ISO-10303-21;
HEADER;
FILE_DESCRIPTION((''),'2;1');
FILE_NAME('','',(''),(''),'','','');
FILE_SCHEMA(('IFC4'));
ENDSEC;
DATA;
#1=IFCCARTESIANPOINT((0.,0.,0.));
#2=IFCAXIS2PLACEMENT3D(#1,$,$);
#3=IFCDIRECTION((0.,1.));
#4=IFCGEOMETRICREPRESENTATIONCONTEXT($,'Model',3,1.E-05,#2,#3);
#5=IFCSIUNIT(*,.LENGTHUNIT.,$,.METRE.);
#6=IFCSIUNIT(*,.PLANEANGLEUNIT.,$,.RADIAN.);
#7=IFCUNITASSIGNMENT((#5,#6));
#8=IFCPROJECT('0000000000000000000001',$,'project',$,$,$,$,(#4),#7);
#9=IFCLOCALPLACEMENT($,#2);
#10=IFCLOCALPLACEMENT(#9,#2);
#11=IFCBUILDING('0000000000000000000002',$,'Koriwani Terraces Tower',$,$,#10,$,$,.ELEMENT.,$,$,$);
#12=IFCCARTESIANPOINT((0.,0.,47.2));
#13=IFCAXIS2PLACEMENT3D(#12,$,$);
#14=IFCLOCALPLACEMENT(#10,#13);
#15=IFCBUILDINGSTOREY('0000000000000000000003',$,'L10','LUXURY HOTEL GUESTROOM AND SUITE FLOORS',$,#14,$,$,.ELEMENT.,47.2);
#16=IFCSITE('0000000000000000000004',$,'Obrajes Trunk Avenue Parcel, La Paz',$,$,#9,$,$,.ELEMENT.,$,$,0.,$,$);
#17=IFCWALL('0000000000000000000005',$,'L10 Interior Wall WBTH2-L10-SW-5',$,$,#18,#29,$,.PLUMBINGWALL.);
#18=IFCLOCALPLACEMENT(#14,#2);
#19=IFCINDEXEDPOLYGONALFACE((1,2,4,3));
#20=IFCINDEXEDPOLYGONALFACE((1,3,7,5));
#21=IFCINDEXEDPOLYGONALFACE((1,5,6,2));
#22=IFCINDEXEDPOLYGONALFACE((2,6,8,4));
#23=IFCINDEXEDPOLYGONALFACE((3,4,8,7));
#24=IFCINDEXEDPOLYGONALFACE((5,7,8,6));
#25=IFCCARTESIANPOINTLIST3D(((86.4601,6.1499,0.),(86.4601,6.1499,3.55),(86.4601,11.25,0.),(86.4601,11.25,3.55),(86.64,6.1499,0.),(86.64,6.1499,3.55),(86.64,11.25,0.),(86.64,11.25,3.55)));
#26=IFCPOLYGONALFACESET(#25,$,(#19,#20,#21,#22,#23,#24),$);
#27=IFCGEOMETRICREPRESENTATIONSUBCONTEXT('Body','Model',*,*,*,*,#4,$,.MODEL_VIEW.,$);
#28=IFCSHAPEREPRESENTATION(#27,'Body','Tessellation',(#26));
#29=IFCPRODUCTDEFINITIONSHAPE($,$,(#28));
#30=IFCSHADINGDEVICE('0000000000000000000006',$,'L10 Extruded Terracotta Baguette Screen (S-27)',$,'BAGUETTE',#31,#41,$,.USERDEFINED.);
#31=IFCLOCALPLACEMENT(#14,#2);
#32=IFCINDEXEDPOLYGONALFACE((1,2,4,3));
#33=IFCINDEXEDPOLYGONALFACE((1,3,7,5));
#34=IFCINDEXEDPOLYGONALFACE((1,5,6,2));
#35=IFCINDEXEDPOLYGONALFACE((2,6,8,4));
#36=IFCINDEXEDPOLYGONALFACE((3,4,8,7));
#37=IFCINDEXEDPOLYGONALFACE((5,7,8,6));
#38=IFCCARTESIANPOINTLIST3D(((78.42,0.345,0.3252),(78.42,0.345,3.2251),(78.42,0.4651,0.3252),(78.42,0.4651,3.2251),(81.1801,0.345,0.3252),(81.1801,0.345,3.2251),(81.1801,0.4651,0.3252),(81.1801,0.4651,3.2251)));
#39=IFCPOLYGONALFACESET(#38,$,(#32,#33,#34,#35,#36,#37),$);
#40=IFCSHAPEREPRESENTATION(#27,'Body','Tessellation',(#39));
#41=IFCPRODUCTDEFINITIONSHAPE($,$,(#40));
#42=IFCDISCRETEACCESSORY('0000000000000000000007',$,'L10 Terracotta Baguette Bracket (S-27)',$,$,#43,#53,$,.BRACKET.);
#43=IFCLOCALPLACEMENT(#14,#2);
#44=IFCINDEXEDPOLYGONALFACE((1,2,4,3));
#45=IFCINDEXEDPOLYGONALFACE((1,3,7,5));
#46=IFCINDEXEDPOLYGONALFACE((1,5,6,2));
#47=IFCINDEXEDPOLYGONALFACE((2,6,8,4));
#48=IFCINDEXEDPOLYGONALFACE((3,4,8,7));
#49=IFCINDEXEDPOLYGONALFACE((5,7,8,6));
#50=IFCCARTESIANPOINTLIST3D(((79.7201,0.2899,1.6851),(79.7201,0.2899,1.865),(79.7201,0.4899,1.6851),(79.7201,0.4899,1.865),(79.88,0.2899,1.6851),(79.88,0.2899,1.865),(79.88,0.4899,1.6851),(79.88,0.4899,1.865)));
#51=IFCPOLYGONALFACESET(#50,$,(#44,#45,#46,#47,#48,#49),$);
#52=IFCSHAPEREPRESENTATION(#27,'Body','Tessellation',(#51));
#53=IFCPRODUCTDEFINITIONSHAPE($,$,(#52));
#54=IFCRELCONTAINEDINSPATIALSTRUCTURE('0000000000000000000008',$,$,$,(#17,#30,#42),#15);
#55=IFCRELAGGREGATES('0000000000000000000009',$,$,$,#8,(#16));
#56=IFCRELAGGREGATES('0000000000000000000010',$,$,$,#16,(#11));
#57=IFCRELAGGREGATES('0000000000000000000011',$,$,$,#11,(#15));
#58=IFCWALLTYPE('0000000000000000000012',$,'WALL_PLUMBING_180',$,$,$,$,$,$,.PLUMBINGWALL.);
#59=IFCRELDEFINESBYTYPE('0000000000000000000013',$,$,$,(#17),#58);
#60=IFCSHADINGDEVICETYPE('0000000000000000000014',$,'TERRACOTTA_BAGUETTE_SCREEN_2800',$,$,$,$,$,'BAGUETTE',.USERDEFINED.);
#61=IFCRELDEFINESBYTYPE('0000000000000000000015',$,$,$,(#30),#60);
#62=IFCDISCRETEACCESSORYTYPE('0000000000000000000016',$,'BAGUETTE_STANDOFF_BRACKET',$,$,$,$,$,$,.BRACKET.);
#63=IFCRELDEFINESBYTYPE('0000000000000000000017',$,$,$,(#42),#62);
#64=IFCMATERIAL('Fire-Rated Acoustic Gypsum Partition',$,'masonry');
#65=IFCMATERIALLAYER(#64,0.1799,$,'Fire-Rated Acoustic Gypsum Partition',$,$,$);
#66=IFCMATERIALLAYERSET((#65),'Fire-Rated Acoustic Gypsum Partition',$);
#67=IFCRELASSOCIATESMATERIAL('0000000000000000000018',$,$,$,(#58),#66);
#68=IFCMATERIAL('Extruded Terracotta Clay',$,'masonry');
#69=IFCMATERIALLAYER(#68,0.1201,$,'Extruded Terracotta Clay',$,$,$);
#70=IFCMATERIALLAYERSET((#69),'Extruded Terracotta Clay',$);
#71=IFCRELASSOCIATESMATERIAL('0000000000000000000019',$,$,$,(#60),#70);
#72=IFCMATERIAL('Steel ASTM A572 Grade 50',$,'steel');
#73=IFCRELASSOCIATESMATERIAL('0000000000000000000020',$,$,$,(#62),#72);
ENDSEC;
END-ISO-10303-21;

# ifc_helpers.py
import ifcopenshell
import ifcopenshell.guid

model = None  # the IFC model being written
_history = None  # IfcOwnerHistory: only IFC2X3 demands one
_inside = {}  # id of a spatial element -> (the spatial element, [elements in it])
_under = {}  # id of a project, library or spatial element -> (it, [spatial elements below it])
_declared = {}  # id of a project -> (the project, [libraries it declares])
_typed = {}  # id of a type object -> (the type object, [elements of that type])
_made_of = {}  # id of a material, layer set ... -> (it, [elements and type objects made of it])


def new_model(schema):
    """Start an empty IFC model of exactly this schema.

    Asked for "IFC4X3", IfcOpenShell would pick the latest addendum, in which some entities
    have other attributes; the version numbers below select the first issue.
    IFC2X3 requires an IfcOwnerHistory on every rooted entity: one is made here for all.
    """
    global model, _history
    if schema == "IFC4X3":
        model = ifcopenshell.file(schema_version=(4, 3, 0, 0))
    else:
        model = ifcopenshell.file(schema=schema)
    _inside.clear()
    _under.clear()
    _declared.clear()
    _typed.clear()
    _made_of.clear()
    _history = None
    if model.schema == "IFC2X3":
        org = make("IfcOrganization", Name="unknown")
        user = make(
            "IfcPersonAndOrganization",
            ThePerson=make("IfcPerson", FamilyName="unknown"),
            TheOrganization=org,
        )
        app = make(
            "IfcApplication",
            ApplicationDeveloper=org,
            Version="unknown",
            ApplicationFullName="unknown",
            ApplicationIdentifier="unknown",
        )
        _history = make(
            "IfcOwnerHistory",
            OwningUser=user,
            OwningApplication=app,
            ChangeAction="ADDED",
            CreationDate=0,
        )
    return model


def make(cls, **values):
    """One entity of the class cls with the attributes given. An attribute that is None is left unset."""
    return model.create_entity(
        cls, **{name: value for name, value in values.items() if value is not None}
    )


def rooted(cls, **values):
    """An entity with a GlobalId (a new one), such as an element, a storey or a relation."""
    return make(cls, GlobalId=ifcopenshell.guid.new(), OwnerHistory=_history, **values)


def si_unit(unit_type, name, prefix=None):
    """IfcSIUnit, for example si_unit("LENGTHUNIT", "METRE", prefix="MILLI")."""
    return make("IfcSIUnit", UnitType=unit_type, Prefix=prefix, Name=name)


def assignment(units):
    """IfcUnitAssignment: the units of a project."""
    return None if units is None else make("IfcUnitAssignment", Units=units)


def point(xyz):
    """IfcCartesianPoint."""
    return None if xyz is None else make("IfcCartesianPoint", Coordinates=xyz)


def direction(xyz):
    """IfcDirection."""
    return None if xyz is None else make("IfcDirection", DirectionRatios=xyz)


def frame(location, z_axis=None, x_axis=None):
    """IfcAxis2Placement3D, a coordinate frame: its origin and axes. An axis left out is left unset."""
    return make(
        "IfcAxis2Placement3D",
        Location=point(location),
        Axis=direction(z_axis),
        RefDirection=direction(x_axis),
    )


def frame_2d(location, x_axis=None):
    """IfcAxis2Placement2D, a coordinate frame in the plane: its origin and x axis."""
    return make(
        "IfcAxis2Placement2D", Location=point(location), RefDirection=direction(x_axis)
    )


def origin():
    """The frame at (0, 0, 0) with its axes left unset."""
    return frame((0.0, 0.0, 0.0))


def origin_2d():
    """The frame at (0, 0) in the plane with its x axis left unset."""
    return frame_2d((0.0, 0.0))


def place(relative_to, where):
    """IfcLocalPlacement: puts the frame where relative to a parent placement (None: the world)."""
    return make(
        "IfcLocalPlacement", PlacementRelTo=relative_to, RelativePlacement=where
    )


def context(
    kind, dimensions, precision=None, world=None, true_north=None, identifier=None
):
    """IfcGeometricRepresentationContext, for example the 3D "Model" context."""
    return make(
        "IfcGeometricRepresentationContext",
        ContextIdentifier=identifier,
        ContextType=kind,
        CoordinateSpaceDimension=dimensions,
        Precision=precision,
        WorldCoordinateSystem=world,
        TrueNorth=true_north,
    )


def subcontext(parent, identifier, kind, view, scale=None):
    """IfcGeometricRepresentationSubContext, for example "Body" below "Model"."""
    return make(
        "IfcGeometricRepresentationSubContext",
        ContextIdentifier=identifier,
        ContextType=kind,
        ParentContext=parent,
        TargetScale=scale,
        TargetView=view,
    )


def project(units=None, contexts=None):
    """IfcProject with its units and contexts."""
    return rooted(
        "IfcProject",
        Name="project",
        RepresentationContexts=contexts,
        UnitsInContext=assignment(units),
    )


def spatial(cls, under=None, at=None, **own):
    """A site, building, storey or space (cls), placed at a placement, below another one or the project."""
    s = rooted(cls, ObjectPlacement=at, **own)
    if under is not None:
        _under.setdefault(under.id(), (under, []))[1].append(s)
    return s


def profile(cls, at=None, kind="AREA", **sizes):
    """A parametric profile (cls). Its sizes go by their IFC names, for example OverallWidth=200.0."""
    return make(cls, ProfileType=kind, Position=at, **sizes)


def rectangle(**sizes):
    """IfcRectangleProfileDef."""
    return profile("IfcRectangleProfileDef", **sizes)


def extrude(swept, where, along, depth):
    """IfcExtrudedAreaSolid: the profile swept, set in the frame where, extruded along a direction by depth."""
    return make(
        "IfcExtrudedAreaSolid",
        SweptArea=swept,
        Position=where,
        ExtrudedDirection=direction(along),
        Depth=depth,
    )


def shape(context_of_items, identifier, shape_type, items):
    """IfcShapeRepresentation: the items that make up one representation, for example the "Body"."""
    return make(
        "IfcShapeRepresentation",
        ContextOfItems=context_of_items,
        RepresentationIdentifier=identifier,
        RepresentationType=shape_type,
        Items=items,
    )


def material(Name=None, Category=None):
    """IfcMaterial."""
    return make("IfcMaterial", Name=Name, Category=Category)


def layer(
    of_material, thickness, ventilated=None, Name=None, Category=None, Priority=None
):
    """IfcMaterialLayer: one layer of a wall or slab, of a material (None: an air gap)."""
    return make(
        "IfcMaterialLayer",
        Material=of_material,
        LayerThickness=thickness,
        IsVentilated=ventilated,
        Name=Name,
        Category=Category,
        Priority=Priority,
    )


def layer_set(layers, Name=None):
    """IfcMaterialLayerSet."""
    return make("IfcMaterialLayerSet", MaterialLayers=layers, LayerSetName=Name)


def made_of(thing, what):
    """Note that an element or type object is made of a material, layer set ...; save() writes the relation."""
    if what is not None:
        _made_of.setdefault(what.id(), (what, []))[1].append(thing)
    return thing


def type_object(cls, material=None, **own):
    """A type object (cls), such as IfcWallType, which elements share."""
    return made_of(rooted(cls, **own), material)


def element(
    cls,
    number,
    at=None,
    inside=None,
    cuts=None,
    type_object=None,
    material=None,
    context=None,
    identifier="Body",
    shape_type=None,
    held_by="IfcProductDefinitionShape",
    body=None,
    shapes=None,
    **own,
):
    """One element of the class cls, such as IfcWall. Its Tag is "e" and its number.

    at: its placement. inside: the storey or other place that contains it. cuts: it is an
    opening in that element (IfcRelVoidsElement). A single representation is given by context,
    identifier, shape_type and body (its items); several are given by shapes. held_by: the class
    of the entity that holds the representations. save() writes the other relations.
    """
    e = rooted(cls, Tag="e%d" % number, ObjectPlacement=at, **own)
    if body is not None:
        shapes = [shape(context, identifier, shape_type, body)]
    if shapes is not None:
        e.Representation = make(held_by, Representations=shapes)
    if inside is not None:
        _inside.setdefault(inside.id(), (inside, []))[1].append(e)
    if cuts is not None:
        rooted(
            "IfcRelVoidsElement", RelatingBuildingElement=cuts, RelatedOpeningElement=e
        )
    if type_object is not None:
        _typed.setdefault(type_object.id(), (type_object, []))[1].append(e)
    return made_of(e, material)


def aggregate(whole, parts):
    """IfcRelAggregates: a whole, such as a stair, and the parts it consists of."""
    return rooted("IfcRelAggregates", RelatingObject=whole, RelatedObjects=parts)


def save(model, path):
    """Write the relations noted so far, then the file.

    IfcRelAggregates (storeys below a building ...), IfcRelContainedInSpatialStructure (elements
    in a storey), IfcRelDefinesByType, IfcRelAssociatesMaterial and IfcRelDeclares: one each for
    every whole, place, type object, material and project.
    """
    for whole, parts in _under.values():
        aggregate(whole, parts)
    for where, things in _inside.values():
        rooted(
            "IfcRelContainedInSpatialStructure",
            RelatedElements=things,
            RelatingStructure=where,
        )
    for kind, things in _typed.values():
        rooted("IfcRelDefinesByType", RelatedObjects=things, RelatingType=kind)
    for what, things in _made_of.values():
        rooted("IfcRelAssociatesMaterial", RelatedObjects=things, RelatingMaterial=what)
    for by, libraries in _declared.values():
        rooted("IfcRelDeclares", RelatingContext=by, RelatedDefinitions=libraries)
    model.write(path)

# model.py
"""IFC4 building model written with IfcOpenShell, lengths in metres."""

from ifc_helpers import new_model, si_unit, direction, frame, frame_2d, origin, origin_2d, place, context, subcontext, project, spatial, rectangle, extrude, material, layer, layer_set, type_object, element, save


model = new_model("IFC4")

# Units and contexts
model_context = context("Model", 3, precision=1e-05, world=origin(), true_north=direction((0.0, 1.0)))
body_context = subcontext(model_context, "Body", "Model", "MODEL_VIEW")
ifc_project = project(units=[si_unit("LENGTHUNIT", "METRE"), si_unit("PLANEANGLEUNIT", "RADIAN")], contexts=[model_context])

# Site, building, storey
site_placement = place(None, origin())
site = spatial("IfcSite", under=ifc_project, at=site_placement, Name="Obrajes Trunk Avenue Parcel, La Paz", CompositionType="ELEMENT", RefElevation=0.0)
building_placement = place(site_placement, origin())
building = spatial("IfcBuilding", under=site, at=building_placement, Name="Koriwani Terraces Tower", CompositionType="ELEMENT")
storey_placement = place(building_placement, frame((0.0, 0.0, 47.2)))
storey = spatial("IfcBuildingStorey", under=building, at=storey_placement, Name="L10", Description="LUXURY HOTEL GUESTROOM AND SUITE FLOORS", CompositionType="ELEMENT", Elevation=47.2)

# Shared definitions
ifc_material_1 = material(Name="Steel ASTM A572 Grade 50", Category="steel")

# Shared definitions
ifc_material_2 = material(Name="Fire-Rated Acoustic Gypsum Partition", Category="masonry")
ifc_layer_1 = layer(ifc_material_2, 0.1799, Name="Fire-Rated Acoustic Gypsum Partition")
ifc_layer_set_1 = layer_set([ifc_layer_1], Name="Fire-Rated Acoustic Gypsum Partition")
wall_type_1 = type_object("IfcWallType", Name="WALL_PLUMBING_180", PredefinedType="PLUMBINGWALL", material=ifc_layer_set_1)

# Wall
wall_1_placement = place(storey_placement, frame((86.55, 6.1499, 0.0), z_axis=(0.0, 0.0, 1.0), x_axis=(0.0, 1.0, 0.0)))
element("IfcWall", 1, at=wall_1_placement, inside=storey, type_object=wall_type_1, Name="L10 Interior Wall WBTH2-L10-SW-5", PredefinedType="PLUMBINGWALL", context=body_context, shape_type="SweptSolid", body=[
    extrude(rectangle(XDim=5.1001, YDim=0.1799, at=frame_2d((2.55, 0.0))), origin(), (0.0, 0.0, 1.0), 3.55),
])

# Shading device
ifc_material_3 = material(Name="Extruded Terracotta Clay", Category="masonry")
ifc_layer_2 = layer(ifc_material_3, 0.1201, Name="Extruded Terracotta Clay")
ifc_layer_set_2 = layer_set([ifc_layer_2], Name="Extruded Terracotta Clay")
shading_device_type = type_object("IfcShadingDeviceType", Name="TERRACOTTA_BAGUETTE_SCREEN_2800", ElementType="BAGUETTE", PredefinedType="USERDEFINED", material=ifc_layer_set_2)
shading_device_placement = place(storey_placement, frame((79.8, 0.405, 0.3252), z_axis=(0.0, 0.0, 1.0), x_axis=(-1.0, 0.0, 0.0)))
element("IfcShadingDevice", 2, at=shading_device_placement, inside=storey, type_object=shading_device_type, Name="L10 Extruded Terracotta Baguette Screen (S-27)", ObjectType="BAGUETTE", PredefinedType="USERDEFINED", context=body_context, shape_type="SweptSolid", body=[
    extrude(rectangle(XDim=2.76, YDim=0.1201, at=origin_2d()), origin(), (0.0, 0.0, 1.0), 2.8999),
])

# Discrete accessory
discrete_accessory_type = type_object("IfcDiscreteAccessoryType", Name="BAGUETTE_STANDOFF_BRACKET", PredefinedType="BRACKET", material=ifc_material_1)
discrete_accessory_placement = place(storey_placement, frame((79.8, 0.3899, 1.6851), z_axis=(0.0, 0.0, 1.0), x_axis=(-1.0, 0.0, 0.0)))
element("IfcDiscreteAccessory", 3, at=discrete_accessory_placement, inside=storey, type_object=discrete_accessory_type, Name="L10 Terracotta Baguette Bracket (S-27)", PredefinedType="BRACKET", context=body_context, shape_type="SweptSolid", body=[
    extrude(rectangle(XDim=0.1599, YDim=0.2, at=origin_2d()), origin(), (0.0, 0.0, 1.0), 0.1799),
])

save(model, "model.ifc")
